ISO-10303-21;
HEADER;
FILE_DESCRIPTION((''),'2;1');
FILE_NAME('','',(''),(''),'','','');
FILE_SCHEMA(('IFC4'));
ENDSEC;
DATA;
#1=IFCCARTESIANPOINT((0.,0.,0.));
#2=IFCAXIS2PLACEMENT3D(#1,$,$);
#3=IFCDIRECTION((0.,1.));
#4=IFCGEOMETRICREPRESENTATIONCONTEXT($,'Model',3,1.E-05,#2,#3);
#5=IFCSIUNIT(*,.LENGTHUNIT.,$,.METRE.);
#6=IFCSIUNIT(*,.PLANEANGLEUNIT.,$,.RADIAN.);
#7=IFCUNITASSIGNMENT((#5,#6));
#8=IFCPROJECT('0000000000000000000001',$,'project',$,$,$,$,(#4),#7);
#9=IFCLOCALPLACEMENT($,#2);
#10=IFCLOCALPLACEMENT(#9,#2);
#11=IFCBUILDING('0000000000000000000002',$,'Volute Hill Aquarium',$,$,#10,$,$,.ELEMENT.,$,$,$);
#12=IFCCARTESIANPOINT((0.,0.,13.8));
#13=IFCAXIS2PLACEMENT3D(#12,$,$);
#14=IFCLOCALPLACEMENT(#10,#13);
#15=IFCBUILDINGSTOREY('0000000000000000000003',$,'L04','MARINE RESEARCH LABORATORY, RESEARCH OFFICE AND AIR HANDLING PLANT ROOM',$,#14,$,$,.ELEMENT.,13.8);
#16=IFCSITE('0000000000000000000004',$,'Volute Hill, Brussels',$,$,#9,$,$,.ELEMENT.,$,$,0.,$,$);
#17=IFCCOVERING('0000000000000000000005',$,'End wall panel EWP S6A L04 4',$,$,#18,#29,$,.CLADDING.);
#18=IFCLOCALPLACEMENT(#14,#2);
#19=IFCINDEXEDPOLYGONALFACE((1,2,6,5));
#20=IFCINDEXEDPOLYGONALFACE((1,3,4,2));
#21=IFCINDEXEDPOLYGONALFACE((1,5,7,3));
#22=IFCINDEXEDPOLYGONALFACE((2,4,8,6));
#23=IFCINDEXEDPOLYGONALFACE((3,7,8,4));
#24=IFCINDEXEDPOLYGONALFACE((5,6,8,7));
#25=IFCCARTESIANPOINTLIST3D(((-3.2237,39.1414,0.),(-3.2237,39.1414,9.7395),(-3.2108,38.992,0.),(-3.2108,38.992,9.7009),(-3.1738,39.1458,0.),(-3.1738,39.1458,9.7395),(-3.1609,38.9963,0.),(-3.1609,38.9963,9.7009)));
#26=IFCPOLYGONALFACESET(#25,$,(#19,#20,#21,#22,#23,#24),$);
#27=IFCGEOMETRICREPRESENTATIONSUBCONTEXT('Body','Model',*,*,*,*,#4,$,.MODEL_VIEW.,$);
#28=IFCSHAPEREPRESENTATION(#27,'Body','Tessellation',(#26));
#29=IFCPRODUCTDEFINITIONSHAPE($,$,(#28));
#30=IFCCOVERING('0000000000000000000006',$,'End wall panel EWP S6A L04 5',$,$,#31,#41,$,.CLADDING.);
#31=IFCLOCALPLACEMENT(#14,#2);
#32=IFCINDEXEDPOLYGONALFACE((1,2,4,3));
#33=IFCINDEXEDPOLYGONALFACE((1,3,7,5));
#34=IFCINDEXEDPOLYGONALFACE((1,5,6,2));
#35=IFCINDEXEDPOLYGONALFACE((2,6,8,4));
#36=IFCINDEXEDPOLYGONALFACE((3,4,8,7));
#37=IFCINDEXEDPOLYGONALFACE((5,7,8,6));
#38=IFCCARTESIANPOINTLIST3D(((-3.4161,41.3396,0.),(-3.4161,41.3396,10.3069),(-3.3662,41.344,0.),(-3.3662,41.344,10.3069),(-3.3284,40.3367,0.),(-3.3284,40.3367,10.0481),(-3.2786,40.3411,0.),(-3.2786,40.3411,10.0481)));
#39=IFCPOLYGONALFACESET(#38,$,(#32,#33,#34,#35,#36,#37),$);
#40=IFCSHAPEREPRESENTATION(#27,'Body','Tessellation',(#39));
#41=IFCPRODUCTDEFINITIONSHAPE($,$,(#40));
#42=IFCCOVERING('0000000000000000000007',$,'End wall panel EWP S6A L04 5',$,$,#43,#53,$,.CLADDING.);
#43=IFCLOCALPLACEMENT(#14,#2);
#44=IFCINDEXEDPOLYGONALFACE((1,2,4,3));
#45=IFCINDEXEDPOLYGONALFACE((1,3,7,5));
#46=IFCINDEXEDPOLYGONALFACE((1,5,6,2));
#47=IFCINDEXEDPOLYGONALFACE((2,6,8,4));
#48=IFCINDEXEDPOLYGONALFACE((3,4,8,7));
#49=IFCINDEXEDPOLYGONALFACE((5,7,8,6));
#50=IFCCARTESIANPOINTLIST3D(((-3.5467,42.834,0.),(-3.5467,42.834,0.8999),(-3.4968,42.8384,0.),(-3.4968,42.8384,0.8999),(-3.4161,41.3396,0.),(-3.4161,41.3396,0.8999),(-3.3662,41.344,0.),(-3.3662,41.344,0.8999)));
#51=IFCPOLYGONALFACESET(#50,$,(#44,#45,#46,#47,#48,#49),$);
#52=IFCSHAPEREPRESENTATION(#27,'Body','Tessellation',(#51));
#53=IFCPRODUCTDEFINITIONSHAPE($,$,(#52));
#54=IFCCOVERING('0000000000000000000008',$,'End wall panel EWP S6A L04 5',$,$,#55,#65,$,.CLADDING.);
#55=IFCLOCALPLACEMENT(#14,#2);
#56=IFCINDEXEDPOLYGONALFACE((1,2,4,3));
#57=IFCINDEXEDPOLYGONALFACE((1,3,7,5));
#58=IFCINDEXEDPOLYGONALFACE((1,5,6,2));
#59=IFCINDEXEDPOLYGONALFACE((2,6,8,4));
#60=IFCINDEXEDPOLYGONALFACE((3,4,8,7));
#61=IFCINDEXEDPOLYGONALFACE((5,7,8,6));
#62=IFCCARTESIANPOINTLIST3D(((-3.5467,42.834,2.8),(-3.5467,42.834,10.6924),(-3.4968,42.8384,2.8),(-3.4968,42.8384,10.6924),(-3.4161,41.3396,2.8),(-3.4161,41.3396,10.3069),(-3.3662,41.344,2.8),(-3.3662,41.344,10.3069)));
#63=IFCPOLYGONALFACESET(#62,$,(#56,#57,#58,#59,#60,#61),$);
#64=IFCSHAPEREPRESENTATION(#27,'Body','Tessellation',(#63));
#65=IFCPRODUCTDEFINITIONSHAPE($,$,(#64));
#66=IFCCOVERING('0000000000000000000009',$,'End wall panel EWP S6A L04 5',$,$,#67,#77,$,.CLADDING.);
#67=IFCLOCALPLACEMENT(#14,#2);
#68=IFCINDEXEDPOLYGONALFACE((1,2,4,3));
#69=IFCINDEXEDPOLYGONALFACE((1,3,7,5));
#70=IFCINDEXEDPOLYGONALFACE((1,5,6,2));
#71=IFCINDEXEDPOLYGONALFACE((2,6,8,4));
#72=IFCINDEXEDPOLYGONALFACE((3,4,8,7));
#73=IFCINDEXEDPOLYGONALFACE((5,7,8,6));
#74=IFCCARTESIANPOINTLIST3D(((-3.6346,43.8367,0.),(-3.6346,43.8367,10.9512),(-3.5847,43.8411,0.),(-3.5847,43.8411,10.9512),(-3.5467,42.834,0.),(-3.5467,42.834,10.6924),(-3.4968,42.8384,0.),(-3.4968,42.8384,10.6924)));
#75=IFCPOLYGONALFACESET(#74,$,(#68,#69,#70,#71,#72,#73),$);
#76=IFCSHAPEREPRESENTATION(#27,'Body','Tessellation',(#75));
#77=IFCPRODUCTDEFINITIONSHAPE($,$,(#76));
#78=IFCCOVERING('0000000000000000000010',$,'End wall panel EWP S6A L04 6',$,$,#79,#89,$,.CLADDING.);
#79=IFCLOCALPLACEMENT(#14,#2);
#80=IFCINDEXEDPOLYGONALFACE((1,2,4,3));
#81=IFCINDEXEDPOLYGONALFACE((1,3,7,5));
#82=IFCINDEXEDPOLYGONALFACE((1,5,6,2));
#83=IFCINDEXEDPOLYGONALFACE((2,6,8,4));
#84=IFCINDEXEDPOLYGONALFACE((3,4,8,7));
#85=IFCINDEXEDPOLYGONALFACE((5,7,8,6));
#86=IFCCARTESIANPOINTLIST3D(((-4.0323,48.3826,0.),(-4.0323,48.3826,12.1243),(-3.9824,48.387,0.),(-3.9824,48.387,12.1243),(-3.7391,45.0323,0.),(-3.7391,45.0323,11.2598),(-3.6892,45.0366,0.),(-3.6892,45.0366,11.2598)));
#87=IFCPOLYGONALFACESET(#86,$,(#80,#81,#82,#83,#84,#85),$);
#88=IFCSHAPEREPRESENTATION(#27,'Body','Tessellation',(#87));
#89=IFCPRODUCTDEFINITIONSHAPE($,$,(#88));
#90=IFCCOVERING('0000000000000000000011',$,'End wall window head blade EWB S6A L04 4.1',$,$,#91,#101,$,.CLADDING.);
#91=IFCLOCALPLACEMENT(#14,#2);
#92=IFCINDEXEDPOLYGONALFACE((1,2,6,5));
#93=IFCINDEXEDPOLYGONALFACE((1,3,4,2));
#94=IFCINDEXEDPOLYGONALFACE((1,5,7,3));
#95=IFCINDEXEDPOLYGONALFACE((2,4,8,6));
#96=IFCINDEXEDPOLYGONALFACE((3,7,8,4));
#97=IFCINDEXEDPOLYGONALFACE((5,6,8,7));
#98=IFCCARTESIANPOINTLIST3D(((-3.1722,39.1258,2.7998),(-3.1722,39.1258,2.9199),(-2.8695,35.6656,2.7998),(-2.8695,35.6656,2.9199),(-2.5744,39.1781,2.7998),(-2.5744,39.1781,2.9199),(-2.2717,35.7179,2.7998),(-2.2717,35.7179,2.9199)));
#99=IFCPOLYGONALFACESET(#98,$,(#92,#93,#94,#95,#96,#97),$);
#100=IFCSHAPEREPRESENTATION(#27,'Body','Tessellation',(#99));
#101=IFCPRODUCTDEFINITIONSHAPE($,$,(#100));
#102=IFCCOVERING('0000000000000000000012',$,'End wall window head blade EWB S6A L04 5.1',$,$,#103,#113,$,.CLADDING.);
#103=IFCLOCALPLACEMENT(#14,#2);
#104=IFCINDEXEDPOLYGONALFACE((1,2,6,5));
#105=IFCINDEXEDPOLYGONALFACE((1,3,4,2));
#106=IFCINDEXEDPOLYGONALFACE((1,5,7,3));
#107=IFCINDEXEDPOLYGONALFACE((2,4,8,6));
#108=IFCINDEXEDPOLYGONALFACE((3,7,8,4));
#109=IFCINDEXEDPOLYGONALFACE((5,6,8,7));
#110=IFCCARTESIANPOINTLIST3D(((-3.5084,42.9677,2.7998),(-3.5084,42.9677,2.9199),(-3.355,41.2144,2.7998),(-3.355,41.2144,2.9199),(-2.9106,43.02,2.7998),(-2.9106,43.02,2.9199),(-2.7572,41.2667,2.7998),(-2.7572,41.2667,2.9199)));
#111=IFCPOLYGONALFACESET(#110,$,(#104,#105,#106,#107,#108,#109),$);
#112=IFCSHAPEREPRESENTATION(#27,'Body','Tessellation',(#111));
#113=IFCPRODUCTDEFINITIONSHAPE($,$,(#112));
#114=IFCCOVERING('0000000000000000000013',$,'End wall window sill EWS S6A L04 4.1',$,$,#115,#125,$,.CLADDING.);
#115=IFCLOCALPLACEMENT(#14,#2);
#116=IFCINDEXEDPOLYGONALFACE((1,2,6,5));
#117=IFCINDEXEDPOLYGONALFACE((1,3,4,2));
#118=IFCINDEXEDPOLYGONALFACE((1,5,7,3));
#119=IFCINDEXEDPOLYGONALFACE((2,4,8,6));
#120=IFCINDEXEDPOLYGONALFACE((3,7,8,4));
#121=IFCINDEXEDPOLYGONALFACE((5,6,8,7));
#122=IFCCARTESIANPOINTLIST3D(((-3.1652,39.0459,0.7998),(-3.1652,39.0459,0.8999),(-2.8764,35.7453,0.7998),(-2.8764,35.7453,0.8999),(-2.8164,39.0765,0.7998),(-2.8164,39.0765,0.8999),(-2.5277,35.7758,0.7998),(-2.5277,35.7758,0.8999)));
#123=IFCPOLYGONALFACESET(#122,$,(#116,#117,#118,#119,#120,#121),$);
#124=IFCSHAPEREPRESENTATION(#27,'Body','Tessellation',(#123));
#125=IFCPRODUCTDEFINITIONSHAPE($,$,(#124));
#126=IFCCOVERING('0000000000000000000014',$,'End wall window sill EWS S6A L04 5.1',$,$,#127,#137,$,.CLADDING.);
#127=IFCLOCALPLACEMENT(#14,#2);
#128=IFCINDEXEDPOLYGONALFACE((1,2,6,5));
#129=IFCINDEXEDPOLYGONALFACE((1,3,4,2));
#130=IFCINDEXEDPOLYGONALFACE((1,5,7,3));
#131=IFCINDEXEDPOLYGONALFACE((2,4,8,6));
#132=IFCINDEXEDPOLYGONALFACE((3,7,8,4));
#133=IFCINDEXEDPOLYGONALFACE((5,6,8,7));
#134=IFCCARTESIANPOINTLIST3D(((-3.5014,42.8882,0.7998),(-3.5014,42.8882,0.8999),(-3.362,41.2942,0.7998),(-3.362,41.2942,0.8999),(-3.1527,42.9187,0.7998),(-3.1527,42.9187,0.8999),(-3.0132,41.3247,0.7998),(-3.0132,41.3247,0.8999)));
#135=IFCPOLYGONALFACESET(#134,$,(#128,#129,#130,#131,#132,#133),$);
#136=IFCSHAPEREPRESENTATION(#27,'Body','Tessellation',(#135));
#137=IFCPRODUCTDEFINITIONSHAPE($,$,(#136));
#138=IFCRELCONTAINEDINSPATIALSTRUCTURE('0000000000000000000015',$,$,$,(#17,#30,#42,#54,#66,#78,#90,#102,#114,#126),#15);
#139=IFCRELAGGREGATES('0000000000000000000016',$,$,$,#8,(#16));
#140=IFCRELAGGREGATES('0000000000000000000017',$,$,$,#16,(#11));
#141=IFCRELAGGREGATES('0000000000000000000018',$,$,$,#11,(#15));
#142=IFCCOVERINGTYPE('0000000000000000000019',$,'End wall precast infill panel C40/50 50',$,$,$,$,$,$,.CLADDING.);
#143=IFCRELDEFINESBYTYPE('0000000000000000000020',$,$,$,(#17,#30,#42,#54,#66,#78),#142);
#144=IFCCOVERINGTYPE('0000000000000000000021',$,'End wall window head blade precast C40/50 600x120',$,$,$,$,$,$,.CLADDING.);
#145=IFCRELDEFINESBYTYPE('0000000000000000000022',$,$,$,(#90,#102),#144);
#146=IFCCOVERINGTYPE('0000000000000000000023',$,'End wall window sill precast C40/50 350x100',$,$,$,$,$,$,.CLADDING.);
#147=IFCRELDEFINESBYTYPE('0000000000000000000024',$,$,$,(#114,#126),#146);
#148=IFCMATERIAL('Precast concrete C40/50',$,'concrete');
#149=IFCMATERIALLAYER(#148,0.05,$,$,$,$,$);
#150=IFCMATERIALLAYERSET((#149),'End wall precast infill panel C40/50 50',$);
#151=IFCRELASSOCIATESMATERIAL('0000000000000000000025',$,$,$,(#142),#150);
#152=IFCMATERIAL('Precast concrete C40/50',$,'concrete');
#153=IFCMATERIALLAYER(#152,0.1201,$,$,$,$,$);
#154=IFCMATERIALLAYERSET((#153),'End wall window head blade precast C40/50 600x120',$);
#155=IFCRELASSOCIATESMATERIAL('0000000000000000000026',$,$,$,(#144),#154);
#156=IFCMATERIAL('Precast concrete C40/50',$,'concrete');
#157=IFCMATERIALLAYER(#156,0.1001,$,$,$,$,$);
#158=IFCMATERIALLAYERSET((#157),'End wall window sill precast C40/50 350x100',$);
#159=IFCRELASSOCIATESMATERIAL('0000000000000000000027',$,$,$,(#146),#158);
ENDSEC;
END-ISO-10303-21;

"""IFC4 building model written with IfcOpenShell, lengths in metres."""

from ifc_helpers import new_model, si_unit, direction, frame, origin, origin_2d, place, context, subcontext, project, spatial, polyline, rectangle, outline, extrude, material, layer, layer_set, type_object, element, save


model = new_model("IFC4")

# Units and contexts
model_context = context("Model", 3, precision=1e-05, world=origin(), true_north=direction((0.0, 1.0)))
body_context = subcontext(model_context, "Body", "Model", "MODEL_VIEW")
ifc_project = project(units=[si_unit("LENGTHUNIT", "METRE"), si_unit("PLANEANGLEUNIT", "RADIAN")], contexts=[model_context])

# Site, building, storey
site_placement = place(None, origin())
site = spatial("IfcSite", under=ifc_project, at=site_placement, Name="Volute Hill, Brussels", CompositionType="ELEMENT", RefElevation=0.0)
building_placement = place(site_placement, origin())
building = spatial("IfcBuilding", under=site, at=building_placement, Name="Volute Hill Aquarium", CompositionType="ELEMENT")
storey_placement = place(building_placement, frame((0.0, 0.0, 13.8)))
storey = spatial("IfcBuildingStorey", under=building, at=storey_placement, Name="L04", Description="MARINE RESEARCH LABORATORY, RESEARCH OFFICE AND AIR HANDLING PLANT ROOM", CompositionType="ELEMENT", Elevation=13.8)

# Coverings
ifc_material_1 = material(Name="Precast concrete C40/50", Category="concrete")
ifc_layer_1 = layer(ifc_material_1, 0.05)
ifc_layer_set_1 = layer_set([ifc_layer_1], Name="End wall precast infill panel C40/50 50")
covering_type_1 = type_object("IfcCoveringType", Name="End wall precast infill panel C40/50 50", PredefinedType="CLADDING", material=ifc_layer_set_1)
covering_1_placement = place(storey_placement, frame((-3.1609, 38.9963, 0.0), z_axis=(0.996271, 0.086278, 0.0), x_axis=(-0.086278, 0.996271, 0.0)))
element("IfcCovering", 1, at=covering_1_placement, inside=storey, type_object=covering_type_1, Name="End wall panel EWP S6A L04 4", PredefinedType="CLADDING", context=body_context, shape_type="SweptSolid", body=[
    extrude(outline(polyline([(0.0, 0.0), (0.15, 0.0), (0.15, 9.7395), (0.0, 9.7009), (0.0, 0.0)])), origin(), (0.0, 0.0, -1.0), 0.05),
])
covering_2_placement = place(storey_placement, frame((-3.2786, 40.3411, 0.0), z_axis=(0.996203, 0.087059, 0.0), x_axis=(-0.087059, 0.996203, 0.0)))
element("IfcCovering", 2, at=covering_2_placement, inside=storey, type_object=covering_type_1, Name="End wall panel EWP S6A L04 5", PredefinedType="CLADDING", context=body_context, shape_type="SweptSolid", body=[
    extrude(outline(polyline([(0.0, 0.0), (1.0068, 0.0), (1.0068, 10.3069), (0.0, 10.0481), (0.0, 0.0)])), origin(), (0.0, 0.0, -1.0), 0.05),
])
covering_3_placement = place(storey_placement, frame((-3.3662, 41.344, 0.0), z_axis=(0.996202, 0.087072, 0.0), x_axis=(-0.087072, 0.996202, 0.0)))
element("IfcCovering", 3, at=covering_3_placement, inside=storey, type_object=covering_type_1, Name="End wall panel EWP S6A L04 5", PredefinedType="CLADDING", context=body_context, shape_type="SweptSolid", body=[
    extrude(outline(polyline([(0.0, 0.0), (1.5001, 0.0), (1.5001, 0.8999), (0.0, 0.8999), (0.0, 0.0)])), origin(), (0.0, 0.0, -1.0), 0.05),
])
covering_4_placement = place(storey_placement, frame((-3.3662, 41.344, 2.8), z_axis=(0.996202, 0.087072, 0.0), x_axis=(-0.087072, 0.996202, 0.0)))
element("IfcCovering", 4, at=covering_4_placement, inside=storey, type_object=covering_type_1, Name="End wall panel EWP S6A L04 5", PredefinedType="CLADDING", context=body_context, shape_type="SweptSolid", body=[
    extrude(outline(polyline([(0.0, 0.0), (1.5001, 0.0), (1.5001, 7.8923), (0.0, 7.5068), (0.0, 0.0)])), origin(), (0.0, 0.0, -1.0), 0.05),
])
covering_5_placement = place(storey_placement, frame((-3.4968, 42.8384, 0.0), z_axis=(0.99618, 0.08732, 0.0), x_axis=(-0.08732, 0.99618, 0.0)))
element("IfcCovering", 5, at=covering_5_placement, inside=storey, type_object=covering_type_1, Name="End wall panel EWP S6A L04 5", PredefinedType="CLADDING", context=body_context, shape_type="SweptSolid", body=[
    extrude(outline(polyline([(0.0, 0.0), (1.0065, 0.0), (1.0065, 10.9512), (0.0, 10.6924), (0.0, 0.0)])), origin(), (0.0, 0.0, -1.0), 0.05),
])
covering_6_placement = place(storey_placement, frame((-3.6892, 45.0366, 0.0), z_axis=(0.996192, 0.087184, 0.0), x_axis=(-0.087184, 0.996192, 0.0)))
element("IfcCovering", 6, at=covering_6_placement, inside=storey, type_object=covering_type_1, Name="End wall panel EWP S6A L04 6", PredefinedType="CLADDING", context=body_context, shape_type="SweptSolid", body=[
    extrude(outline(polyline([(0.0, 0.0), (3.3631, 0.0), (3.3631, 12.1243), (0.0, 11.2598), (0.0, 0.0)])), origin(), (0.0, 0.0, -1.0), 0.05),
])
ifc_material_2 = material(Name="Precast concrete C40/50", Category="concrete")
ifc_layer_2 = layer(ifc_material_2, 0.1201)
ifc_layer_set_2 = layer_set([ifc_layer_2], Name="End wall window head blade precast C40/50 600x120")
covering_type_2 = type_object("IfcCoveringType", Name="End wall window head blade precast C40/50 600x120", PredefinedType="CLADDING", material=ifc_layer_set_2)
covering_7_placement = place(storey_placement, frame((-2.7219, 37.4219, 2.7998), z_axis=(0.0, 0.0, 1.0), x_axis=(-0.087155, 0.996195, 0.0)))
element("IfcCovering", 7, at=covering_7_placement, inside=storey, type_object=covering_type_2, Name="End wall window head blade EWB S6A L04 4.1", PredefinedType="CLADDING", context=body_context, shape_type="SweptSolid", body=[
    extrude(rectangle(XDim=3.4734, YDim=0.6001, at=origin_2d()), origin(), (0.0, 0.0, 1.0), 0.1201),
])
covering_8_placement = place(storey_placement, frame((-3.1328, 42.1172, 2.7998), z_axis=(0.0, 0.0, 1.0), x_axis=(-0.087155, 0.996195, 0.0)))
element("IfcCovering", 8, at=covering_8_placement, inside=storey, type_object=covering_type_2, Name="End wall window head blade EWB S6A L04 5.1", PredefinedType="CLADDING", context=body_context, shape_type="SweptSolid", body=[
    extrude(rectangle(XDim=1.76, YDim=0.6001, at=origin_2d()), origin(), (0.0, 0.0, 1.0), 0.1201),
])
ifc_material_3 = material(Name="Precast concrete C40/50", Category="concrete")
ifc_layer_3 = layer(ifc_material_3, 0.1001)
ifc_layer_set_3 = layer_set([ifc_layer_3], Name="End wall window sill precast C40/50 350x100")
covering_type_3 = type_object("IfcCoveringType", Name="End wall window sill precast C40/50 350x100", PredefinedType="CLADDING", material=ifc_layer_set_3)
covering_9_placement = place(storey_placement, frame((-2.8464, 37.4109, 0.7998), z_axis=(0.0, 0.0, 1.0), x_axis=(-0.087155, 0.996195, 0.0)))
element("IfcCovering", 9, at=covering_9_placement, inside=storey, type_object=covering_type_3, Name="End wall window sill EWS S6A L04 4.1", PredefinedType="CLADDING", context=body_context, shape_type="SweptSolid", body=[
    extrude(rectangle(XDim=3.3132, YDim=0.3501, at=origin_2d()), origin(), (0.0, 0.0, 1.0), 0.1001),
])
covering_10_placement = place(storey_placement, frame((-3.2573, 42.1064, 0.7998), z_axis=(0.0, 0.0, 1.0), x_axis=(-0.087155, 0.996195, 0.0)))
element("IfcCovering", 10, at=covering_10_placement, inside=storey, type_object=covering_type_3, Name="End wall window sill EWS S6A L04 5.1", PredefinedType="CLADDING", context=body_context, shape_type="SweptSolid", body=[
    extrude(rectangle(XDim=1.6001, YDim=0.3501, at=origin_2d()), origin(), (0.0, 0.0, 1.0), 0.1001),
])

save(model, "model.ifc")
